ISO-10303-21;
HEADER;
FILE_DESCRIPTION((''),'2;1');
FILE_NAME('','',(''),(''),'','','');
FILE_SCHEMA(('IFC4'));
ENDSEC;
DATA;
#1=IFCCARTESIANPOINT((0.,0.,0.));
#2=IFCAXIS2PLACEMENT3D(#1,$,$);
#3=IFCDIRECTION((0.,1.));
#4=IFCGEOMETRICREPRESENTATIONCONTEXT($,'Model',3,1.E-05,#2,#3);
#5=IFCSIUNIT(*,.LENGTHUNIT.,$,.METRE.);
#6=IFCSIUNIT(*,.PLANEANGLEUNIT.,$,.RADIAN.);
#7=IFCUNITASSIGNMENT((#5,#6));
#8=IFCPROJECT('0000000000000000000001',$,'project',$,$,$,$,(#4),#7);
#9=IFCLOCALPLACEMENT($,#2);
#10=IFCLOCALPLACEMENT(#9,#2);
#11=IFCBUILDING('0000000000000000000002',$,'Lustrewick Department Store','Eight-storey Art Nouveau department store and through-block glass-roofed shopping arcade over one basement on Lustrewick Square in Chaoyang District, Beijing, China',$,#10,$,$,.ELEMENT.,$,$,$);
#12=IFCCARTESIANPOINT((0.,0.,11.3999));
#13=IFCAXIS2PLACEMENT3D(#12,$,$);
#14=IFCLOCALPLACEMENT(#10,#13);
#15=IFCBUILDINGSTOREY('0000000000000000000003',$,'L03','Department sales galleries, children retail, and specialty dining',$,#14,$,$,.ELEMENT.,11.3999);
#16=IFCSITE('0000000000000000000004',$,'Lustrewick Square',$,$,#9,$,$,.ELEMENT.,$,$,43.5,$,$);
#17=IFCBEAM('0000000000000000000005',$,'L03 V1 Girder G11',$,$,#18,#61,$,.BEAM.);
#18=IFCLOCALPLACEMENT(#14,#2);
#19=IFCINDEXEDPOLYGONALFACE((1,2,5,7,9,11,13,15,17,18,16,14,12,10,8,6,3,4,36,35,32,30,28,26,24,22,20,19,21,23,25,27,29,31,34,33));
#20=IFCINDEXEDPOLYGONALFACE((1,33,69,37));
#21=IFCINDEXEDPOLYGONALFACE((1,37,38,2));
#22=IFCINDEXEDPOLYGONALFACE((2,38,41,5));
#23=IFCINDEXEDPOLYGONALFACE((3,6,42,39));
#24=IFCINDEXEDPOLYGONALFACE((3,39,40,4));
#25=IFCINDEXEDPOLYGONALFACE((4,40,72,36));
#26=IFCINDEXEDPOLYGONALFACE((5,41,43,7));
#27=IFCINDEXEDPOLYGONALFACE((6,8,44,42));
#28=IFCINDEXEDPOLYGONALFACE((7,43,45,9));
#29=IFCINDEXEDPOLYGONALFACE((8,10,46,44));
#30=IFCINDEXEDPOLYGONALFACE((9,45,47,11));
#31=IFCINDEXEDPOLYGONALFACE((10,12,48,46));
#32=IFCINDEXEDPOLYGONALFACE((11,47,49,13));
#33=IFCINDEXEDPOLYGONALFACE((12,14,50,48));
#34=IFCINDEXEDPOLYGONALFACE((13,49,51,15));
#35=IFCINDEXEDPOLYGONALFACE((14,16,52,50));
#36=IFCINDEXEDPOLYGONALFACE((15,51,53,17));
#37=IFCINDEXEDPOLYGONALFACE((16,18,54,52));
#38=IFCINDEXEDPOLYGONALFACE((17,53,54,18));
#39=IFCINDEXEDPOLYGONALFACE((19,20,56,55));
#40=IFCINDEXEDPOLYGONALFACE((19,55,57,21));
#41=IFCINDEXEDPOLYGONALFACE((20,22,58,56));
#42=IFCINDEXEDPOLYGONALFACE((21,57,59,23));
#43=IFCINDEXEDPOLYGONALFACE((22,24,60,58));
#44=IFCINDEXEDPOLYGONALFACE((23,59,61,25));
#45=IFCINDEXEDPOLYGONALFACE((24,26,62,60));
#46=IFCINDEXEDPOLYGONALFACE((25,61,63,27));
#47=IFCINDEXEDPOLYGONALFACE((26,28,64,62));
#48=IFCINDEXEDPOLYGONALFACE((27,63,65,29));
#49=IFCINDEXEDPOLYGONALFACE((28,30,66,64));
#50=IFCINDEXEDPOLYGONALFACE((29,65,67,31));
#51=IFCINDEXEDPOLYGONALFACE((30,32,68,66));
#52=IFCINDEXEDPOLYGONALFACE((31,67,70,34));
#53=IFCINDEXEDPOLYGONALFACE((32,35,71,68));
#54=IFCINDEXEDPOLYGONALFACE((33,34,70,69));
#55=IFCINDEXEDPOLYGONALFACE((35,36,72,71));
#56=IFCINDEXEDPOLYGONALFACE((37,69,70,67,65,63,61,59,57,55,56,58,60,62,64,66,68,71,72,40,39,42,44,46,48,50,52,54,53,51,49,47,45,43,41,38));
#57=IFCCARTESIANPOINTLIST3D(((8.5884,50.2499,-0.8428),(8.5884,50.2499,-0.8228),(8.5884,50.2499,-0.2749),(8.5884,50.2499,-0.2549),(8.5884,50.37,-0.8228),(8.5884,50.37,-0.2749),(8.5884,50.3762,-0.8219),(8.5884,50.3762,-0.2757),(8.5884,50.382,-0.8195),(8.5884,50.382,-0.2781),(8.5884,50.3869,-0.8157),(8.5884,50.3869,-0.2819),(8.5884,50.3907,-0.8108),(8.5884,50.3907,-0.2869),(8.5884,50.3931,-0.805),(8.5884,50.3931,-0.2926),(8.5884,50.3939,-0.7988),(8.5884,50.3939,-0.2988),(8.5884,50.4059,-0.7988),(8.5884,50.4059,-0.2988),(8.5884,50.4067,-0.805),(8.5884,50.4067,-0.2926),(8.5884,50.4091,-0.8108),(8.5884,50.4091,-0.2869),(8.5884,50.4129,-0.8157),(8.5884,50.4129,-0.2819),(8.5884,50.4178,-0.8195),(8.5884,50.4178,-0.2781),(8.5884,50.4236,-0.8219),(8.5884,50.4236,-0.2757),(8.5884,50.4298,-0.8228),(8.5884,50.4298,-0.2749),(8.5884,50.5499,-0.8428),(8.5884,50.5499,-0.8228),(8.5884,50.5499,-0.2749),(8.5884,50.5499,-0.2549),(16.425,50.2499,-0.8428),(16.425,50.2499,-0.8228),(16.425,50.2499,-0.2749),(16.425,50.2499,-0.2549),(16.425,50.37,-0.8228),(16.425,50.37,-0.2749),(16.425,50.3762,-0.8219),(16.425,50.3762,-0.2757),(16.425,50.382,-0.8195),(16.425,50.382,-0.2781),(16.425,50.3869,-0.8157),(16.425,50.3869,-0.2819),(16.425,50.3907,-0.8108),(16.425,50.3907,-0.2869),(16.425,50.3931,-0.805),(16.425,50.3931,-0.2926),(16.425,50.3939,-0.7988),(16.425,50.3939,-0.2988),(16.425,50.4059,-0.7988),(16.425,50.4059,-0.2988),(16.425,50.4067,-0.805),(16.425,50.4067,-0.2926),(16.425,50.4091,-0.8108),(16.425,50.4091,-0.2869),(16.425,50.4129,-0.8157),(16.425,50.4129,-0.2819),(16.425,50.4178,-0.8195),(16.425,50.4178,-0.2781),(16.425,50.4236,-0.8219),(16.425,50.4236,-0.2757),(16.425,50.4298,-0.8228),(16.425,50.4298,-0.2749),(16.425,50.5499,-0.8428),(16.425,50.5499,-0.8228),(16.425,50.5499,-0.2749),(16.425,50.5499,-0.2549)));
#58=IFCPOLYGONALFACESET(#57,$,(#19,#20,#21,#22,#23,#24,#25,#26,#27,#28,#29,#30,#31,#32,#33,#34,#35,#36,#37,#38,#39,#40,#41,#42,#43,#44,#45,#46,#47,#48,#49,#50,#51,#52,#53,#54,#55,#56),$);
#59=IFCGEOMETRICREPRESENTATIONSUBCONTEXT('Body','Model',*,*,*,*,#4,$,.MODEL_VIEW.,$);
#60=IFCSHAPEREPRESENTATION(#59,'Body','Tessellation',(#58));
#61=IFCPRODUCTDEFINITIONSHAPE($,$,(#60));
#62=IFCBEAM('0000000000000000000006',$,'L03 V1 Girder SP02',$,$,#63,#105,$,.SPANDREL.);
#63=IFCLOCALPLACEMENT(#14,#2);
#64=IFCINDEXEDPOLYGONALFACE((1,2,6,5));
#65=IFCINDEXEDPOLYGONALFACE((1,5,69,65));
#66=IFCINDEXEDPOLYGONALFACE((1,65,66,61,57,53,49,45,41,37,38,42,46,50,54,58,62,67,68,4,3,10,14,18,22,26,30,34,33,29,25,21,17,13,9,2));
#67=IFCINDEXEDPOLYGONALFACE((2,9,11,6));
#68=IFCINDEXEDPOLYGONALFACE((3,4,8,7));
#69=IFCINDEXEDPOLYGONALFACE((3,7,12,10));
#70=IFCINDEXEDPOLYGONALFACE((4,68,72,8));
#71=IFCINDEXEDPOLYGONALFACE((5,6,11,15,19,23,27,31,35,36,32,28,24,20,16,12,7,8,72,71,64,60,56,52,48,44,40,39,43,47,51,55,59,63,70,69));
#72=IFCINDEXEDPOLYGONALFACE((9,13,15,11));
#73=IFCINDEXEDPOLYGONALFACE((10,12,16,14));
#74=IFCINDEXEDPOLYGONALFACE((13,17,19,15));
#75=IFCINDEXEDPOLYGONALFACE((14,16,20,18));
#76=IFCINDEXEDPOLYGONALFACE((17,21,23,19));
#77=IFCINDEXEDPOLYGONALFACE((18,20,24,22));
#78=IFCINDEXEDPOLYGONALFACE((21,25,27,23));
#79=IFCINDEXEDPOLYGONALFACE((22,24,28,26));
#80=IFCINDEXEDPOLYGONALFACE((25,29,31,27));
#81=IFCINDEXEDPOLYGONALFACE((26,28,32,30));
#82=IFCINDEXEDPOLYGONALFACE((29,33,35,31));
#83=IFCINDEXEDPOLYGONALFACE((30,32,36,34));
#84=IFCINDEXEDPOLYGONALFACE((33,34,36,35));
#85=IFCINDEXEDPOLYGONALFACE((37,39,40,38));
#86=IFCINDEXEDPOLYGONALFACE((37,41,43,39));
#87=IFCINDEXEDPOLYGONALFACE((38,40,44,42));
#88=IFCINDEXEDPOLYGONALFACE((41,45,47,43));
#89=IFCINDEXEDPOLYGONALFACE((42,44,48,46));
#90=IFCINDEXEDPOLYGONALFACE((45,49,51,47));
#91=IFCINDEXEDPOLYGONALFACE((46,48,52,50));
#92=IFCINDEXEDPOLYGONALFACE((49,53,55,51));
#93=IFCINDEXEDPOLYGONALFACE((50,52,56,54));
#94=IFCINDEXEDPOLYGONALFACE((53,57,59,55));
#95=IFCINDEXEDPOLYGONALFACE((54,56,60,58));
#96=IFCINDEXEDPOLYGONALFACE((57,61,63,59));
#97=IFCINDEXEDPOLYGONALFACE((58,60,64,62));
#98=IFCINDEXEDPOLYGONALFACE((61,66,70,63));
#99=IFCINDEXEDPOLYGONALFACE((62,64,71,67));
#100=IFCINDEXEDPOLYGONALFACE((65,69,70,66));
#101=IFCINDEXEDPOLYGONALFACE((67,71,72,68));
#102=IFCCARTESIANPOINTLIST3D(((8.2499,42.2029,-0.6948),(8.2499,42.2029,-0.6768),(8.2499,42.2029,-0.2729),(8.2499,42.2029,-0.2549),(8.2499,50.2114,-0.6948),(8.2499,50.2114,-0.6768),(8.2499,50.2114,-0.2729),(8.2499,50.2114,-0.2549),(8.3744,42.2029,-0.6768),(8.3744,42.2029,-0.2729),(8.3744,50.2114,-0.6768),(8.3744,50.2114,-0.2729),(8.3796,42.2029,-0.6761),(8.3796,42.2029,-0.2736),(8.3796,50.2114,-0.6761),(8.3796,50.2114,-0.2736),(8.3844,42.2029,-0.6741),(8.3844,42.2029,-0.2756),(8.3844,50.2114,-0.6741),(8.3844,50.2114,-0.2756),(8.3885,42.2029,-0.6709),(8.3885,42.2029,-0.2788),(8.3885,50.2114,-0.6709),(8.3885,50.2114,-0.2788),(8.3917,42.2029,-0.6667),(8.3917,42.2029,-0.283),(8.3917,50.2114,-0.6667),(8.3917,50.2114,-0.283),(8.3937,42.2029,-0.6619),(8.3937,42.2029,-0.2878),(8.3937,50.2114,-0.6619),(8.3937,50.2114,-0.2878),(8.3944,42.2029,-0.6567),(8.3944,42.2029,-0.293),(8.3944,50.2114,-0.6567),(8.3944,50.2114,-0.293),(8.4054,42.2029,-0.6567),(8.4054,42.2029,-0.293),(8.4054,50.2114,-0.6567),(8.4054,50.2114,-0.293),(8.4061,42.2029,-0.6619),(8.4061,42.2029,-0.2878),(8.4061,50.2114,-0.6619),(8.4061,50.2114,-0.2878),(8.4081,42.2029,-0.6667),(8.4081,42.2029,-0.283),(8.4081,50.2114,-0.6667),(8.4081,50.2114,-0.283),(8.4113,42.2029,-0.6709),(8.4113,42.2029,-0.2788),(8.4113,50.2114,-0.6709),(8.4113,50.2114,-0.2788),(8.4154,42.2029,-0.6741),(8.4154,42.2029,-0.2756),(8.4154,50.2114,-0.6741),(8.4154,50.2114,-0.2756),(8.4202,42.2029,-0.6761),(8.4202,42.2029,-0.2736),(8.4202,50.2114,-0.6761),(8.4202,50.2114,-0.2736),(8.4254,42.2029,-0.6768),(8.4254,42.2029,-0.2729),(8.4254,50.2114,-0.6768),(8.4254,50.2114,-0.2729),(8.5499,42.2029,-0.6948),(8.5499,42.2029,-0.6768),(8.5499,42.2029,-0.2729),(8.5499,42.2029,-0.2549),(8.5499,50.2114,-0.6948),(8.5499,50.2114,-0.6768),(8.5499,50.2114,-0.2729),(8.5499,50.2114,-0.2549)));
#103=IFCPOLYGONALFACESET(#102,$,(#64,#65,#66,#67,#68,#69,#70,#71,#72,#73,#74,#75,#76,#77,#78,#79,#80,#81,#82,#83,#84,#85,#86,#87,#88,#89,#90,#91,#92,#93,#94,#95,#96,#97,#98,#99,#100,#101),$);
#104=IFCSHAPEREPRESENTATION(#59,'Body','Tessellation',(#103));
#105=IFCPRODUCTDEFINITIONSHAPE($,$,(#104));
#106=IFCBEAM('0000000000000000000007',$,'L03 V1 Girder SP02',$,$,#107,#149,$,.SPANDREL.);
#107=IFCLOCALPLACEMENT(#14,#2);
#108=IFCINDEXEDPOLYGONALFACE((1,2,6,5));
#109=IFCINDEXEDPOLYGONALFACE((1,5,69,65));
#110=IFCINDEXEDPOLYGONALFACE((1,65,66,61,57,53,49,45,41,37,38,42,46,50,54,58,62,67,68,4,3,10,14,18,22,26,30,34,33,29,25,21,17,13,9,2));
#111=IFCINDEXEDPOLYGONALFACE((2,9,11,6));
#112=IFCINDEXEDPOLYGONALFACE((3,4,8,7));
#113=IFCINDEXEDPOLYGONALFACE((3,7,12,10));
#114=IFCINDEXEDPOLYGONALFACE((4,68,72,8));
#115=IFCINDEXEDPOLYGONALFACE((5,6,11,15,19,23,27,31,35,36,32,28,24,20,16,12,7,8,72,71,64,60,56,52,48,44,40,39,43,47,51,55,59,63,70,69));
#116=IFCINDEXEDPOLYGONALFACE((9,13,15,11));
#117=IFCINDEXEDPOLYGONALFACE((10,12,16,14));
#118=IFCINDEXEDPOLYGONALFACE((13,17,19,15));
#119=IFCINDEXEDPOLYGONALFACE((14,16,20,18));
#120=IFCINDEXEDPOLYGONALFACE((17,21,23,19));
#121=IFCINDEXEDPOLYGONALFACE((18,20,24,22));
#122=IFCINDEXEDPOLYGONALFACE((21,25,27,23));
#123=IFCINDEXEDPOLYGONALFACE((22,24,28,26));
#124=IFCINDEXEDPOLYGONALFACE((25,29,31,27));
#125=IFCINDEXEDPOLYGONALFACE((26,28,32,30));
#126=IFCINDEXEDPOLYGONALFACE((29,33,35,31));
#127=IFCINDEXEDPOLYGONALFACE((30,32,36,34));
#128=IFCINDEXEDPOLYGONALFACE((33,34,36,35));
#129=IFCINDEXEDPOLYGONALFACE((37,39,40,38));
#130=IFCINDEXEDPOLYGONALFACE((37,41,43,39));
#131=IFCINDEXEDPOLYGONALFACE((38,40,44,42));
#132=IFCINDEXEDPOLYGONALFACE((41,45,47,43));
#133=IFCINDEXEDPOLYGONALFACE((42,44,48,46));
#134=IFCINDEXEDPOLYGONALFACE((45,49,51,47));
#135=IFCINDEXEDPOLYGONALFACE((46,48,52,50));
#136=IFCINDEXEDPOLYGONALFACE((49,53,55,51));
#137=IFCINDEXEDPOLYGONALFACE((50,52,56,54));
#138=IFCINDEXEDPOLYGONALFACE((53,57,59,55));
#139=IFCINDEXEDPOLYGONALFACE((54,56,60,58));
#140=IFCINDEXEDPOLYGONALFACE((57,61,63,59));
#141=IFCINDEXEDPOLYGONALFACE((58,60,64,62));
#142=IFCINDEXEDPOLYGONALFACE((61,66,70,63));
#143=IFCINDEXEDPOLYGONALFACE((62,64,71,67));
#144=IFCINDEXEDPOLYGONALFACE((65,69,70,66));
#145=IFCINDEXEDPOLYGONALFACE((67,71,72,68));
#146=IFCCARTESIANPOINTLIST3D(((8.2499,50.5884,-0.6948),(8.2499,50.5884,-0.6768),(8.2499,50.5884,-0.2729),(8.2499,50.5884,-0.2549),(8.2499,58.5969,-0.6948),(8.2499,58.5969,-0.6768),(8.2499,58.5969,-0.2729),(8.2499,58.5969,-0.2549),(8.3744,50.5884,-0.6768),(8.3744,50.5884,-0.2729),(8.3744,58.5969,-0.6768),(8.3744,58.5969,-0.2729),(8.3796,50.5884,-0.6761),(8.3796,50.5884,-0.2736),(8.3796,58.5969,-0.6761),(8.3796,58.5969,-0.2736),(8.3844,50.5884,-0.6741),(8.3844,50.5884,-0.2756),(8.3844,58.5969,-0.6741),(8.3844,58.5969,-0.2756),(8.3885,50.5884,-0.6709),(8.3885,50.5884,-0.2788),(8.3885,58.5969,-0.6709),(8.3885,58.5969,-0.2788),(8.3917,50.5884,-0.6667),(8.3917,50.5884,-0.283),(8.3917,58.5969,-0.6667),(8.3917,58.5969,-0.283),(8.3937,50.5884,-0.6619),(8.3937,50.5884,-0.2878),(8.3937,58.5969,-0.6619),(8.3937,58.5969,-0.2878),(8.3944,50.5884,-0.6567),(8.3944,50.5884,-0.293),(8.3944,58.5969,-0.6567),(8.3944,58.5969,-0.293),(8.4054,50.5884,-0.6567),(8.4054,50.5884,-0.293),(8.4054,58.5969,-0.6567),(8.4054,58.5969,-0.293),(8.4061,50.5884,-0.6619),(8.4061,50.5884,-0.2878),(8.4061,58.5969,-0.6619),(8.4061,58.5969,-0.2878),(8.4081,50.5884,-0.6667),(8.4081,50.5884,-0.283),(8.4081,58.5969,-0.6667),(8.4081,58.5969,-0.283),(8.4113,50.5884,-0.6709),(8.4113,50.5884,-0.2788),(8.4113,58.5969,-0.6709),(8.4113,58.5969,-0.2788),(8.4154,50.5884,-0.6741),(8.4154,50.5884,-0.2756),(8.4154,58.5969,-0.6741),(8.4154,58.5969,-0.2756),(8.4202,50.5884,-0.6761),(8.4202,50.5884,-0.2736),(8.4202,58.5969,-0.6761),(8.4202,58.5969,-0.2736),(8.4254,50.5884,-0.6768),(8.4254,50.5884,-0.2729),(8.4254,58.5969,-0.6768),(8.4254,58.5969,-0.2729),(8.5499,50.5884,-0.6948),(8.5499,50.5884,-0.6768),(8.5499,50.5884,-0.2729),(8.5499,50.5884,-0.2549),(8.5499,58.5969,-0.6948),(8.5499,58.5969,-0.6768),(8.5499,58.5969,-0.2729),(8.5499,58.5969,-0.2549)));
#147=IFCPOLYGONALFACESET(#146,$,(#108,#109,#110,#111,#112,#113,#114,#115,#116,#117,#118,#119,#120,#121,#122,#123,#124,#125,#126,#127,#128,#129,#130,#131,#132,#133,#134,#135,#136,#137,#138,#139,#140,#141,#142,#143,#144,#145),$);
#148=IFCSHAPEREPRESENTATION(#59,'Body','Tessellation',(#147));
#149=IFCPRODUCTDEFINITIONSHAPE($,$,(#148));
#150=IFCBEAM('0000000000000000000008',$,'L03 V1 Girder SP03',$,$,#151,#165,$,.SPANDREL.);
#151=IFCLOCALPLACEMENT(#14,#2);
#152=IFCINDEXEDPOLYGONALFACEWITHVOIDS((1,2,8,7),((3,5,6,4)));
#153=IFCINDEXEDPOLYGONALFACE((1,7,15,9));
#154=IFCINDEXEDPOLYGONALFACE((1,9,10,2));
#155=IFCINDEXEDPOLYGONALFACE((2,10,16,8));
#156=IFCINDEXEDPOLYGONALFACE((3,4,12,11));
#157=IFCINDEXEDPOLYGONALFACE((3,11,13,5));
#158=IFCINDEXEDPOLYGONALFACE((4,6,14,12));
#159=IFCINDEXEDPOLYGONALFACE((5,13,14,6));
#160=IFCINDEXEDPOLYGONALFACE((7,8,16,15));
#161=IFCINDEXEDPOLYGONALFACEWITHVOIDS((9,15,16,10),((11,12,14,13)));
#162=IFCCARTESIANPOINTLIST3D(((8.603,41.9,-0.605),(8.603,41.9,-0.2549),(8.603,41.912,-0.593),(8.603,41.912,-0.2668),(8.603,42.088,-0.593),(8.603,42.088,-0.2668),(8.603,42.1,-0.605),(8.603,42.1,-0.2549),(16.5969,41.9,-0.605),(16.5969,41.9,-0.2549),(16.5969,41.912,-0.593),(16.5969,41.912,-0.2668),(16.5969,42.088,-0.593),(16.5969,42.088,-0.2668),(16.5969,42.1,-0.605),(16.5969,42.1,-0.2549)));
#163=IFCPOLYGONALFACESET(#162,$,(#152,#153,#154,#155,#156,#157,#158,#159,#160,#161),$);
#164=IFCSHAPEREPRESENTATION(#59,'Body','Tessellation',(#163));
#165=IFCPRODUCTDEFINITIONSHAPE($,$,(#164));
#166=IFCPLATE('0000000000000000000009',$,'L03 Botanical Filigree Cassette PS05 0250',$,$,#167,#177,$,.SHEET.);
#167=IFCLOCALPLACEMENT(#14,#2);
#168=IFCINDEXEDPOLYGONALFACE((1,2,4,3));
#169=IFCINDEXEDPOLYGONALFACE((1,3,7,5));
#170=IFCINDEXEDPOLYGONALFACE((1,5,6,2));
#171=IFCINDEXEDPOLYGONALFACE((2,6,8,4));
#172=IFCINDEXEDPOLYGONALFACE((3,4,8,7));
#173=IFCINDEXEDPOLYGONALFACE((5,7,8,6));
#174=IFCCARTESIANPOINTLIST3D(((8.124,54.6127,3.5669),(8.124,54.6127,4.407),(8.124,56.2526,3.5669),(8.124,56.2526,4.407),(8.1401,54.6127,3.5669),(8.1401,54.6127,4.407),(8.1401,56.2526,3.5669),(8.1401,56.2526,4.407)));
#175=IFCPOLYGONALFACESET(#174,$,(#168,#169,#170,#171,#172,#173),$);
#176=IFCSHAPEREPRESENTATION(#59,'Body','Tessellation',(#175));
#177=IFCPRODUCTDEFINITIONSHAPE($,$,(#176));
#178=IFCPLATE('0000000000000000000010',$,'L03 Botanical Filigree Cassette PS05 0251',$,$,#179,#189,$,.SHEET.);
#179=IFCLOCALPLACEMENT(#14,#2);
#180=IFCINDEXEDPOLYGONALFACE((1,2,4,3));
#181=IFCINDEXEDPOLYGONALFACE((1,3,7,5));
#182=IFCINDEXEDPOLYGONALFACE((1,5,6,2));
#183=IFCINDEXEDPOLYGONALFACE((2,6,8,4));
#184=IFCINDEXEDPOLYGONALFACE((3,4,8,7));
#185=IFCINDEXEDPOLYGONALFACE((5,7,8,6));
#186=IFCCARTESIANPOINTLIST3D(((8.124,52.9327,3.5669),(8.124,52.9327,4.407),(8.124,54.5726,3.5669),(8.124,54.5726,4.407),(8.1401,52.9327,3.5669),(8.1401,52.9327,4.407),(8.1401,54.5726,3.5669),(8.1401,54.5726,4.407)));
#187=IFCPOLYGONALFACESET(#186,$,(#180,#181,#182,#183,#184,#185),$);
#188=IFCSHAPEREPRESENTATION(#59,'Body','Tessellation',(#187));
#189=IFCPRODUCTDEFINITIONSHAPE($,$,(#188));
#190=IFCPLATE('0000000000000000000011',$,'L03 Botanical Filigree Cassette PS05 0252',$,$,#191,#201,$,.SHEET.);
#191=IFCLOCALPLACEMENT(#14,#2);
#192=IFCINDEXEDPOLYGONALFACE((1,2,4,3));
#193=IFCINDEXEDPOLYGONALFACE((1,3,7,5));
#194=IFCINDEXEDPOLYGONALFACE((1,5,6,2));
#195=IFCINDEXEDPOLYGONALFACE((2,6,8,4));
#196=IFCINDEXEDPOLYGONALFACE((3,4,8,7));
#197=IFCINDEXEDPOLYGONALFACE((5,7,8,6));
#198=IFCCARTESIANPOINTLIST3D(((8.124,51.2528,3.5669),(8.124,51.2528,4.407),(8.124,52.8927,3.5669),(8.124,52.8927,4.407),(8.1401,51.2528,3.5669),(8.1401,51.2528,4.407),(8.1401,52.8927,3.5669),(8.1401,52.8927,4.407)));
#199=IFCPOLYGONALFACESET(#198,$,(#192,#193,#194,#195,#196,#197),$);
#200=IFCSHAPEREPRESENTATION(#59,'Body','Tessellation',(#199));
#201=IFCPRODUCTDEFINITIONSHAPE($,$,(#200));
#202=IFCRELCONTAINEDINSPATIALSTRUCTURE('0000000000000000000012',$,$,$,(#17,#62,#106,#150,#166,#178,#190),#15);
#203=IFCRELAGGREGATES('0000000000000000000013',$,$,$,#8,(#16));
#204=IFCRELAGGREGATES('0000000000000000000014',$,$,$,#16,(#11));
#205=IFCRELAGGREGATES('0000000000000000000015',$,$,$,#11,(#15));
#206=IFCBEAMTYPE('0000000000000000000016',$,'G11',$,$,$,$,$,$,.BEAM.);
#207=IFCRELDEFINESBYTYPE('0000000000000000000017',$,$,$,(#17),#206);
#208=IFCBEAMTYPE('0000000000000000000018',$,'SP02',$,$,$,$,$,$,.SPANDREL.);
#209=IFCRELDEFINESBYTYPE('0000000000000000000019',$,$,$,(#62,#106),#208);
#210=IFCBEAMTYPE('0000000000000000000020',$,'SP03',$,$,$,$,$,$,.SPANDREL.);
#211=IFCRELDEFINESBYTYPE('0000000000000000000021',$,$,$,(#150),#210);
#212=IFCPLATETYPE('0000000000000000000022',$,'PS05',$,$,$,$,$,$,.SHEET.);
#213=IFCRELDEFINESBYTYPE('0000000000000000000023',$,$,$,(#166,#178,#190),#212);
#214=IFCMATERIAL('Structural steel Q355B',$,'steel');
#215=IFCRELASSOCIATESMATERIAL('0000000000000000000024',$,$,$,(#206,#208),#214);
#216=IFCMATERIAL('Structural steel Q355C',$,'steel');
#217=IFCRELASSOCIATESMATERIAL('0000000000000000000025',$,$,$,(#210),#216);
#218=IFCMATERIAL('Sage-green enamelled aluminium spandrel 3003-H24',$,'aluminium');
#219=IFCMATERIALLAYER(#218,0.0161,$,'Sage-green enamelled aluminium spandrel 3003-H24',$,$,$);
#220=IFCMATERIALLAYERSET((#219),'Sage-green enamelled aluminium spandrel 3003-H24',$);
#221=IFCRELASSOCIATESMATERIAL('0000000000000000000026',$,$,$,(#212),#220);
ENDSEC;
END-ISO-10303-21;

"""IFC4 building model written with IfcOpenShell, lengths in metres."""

from ifc_helpers import new_model, si_unit, direction, frame, origin, origin_2d, place, context, subcontext, project, spatial, rectangle, hollow_rectangle, i_section, extrude, material, layer, layer_set, material_profile, profile_set, type_object, element, save


model = new_model("IFC4")

# Units and contexts
model_context = context("Model", 3, precision=1e-05, world=origin(), true_north=direction((0.0, 1.0)))
body_context = subcontext(model_context, "Body", "Model", "MODEL_VIEW")
ifc_project = project(units=[si_unit("LENGTHUNIT", "METRE"), si_unit("PLANEANGLEUNIT", "RADIAN")], contexts=[model_context])

# Site, building, storey
site_placement = place(None, origin())
site = spatial("IfcSite", under=ifc_project, at=site_placement, Name="Lustrewick Square", CompositionType="ELEMENT", RefElevation=43.5)
building_placement = place(site_placement, origin())
building = spatial("IfcBuilding", under=site, at=building_placement, Name="Lustrewick Department Store", Description="Eight-storey Art Nouveau department store and through-block glass-roofed shopping arcade over one basement on Lustrewick Square in Chaoyang District, Beijing, China", CompositionType="ELEMENT")
storey_placement = place(building_placement, frame((0.0, 0.0, 11.3999)))
storey = spatial("IfcBuildingStorey", under=building, at=storey_placement, Name="L03", Description="Department sales galleries, children retail, and specialty dining", CompositionType="ELEMENT", Elevation=11.3999)

# Shared definitions
ifc_material_1 = material(Name="Structural steel Q355C", Category="steel")
ifc_material_2 = material(Name="Structural steel Q355B", Category="steel")

# Beams
ifc_material_profile_1 = material_profile(ifc_material_2, i_section(OverallWidth=0.3, OverallDepth=0.5879, WebThickness=0.012, FlangeThickness=0.02, FilletRadius=0.0239, at=origin_2d()), Name="HM 588x300x12x20")
ifc_profile_set_1 = profile_set([ifc_material_profile_1], Name="Structural steel Q355B")
beam_type_1 = type_object("IfcBeamType", Name="G11", PredefinedType="BEAM", material=ifc_profile_set_1)
beam_1_placement = place(storey_placement, frame((8.5884, 50.3999, -0.5488), z_axis=(1.0, 0.0, 0.0), x_axis=(0.0, 1.0, 0.0)))
element("IfcBeam", 1, at=beam_1_placement, inside=storey, type_object=beam_type_1, Name="L03 V1 Girder G11", PredefinedType="BEAM", context=body_context, shape_type="SweptSolid", body=[
    extrude(i_section(OverallWidth=0.3, OverallDepth=0.5879, WebThickness=0.012, FlangeThickness=0.02, FilletRadius=0.0239, at=origin_2d()), origin(), (0.0, 0.0, 1.0), 7.8367),
])
ifc_material_profile_2 = material_profile(ifc_material_2, i_section(OverallWidth=0.3, OverallDepth=0.4399, WebThickness=0.011, FlangeThickness=0.0181, FilletRadius=0.02, at=origin_2d()), Name="HM 440x300x11x18")
ifc_profile_set_2 = profile_set([ifc_material_profile_2], Name="Structural steel Q355B")
beam_type_2 = type_object("IfcBeamType", Name="SP02", PredefinedType="SPANDREL", material=ifc_profile_set_2)
for number, where, z_axis, x_axis, name in (
    (2, (8.3999, 42.2029, -0.4749), (0.0, 1.0, 0.0), (-1.0, 0.0, 0.0), "L03 V1 Girder SP02"),
    (3, (8.3999, 50.5884, -0.4749), (0.0, 1.0, 0.0), (-1.0, 0.0, 0.0), "L03 V1 Girder SP02"),
):
    element("IfcBeam", number, at=place(storey_placement, frame(where, z_axis=z_axis, x_axis=x_axis)), inside=storey, type_object=beam_type_2, Name=name, PredefinedType="SPANDREL", context=body_context, shape_type="SweptSolid", body=[
        extrude(i_section(OverallWidth=0.3, OverallDepth=0.4399, WebThickness=0.011, FlangeThickness=0.0181, FilletRadius=0.02, at=origin_2d()), origin(), (0.0, 0.0, 1.0), 8.0085),
    ])
ifc_material_profile_3 = material_profile(ifc_material_1, hollow_rectangle(XDim=0.2, YDim=0.3501, WallThickness=0.012, at=origin_2d()), Name="RHS 350x200x12")
ifc_profile_set_3 = profile_set([ifc_material_profile_3], Name="Structural steel Q355C")
beam_type_3 = type_object("IfcBeamType", Name="SP03", PredefinedType="SPANDREL", material=ifc_profile_set_3)
beam_2_placement = place(storey_placement, frame((8.603, 42.0, -0.4299), z_axis=(1.0, 0.0, 0.0), x_axis=(0.0, 1.0, 0.0)))
element("IfcBeam", 4, at=beam_2_placement, inside=storey, type_object=beam_type_3, Name="L03 V1 Girder SP03", PredefinedType="SPANDREL", context=body_context, shape_type="SweptSolid", body=[
    extrude(hollow_rectangle(XDim=0.2, YDim=0.3501, WallThickness=0.012, at=origin_2d()), origin(), (0.0, 0.0, 1.0), 7.9939),
])

# Plates
ifc_material_3 = material(Name="Sage-green enamelled aluminium spandrel 3003-H24", Category="aluminium")
ifc_layer_1 = layer(ifc_material_3, 0.0161, Name="Sage-green enamelled aluminium spandrel 3003-H24")
ifc_layer_set_1 = layer_set([ifc_layer_1], Name="Sage-green enamelled aluminium spandrel 3003-H24")
plate_type = type_object("IfcPlateType", Name="PS05", PredefinedType="SHEET", material=ifc_layer_set_1)
for number, where, z_axis, x_axis, name in (
    (5, (8.1321, 55.4326, 3.5669), (0.0, 0.0, 1.0), (0.0, -1.0, 0.0), "L03 Botanical Filigree Cassette PS05 0250"),
    (6, (8.1321, 53.7527, 3.5669), (0.0, 0.0, 1.0), (0.0, -1.0, 0.0), "L03 Botanical Filigree Cassette PS05 0251"),
    (7, (8.1321, 52.0728, 3.5669), (0.0, 0.0, 1.0), (0.0, -1.0, 0.0), "L03 Botanical Filigree Cassette PS05 0252"),
):
    element("IfcPlate", number, at=place(storey_placement, frame(where, z_axis=z_axis, x_axis=x_axis)), inside=storey, type_object=plate_type, Name=name, PredefinedType="SHEET", context=body_context, shape_type="SweptSolid", body=[
        extrude(rectangle(XDim=1.6399, YDim=0.0161, at=origin_2d()), origin(), (0.0, 0.0, 1.0), 0.8401),
    ])

save(model, "model.ifc")
